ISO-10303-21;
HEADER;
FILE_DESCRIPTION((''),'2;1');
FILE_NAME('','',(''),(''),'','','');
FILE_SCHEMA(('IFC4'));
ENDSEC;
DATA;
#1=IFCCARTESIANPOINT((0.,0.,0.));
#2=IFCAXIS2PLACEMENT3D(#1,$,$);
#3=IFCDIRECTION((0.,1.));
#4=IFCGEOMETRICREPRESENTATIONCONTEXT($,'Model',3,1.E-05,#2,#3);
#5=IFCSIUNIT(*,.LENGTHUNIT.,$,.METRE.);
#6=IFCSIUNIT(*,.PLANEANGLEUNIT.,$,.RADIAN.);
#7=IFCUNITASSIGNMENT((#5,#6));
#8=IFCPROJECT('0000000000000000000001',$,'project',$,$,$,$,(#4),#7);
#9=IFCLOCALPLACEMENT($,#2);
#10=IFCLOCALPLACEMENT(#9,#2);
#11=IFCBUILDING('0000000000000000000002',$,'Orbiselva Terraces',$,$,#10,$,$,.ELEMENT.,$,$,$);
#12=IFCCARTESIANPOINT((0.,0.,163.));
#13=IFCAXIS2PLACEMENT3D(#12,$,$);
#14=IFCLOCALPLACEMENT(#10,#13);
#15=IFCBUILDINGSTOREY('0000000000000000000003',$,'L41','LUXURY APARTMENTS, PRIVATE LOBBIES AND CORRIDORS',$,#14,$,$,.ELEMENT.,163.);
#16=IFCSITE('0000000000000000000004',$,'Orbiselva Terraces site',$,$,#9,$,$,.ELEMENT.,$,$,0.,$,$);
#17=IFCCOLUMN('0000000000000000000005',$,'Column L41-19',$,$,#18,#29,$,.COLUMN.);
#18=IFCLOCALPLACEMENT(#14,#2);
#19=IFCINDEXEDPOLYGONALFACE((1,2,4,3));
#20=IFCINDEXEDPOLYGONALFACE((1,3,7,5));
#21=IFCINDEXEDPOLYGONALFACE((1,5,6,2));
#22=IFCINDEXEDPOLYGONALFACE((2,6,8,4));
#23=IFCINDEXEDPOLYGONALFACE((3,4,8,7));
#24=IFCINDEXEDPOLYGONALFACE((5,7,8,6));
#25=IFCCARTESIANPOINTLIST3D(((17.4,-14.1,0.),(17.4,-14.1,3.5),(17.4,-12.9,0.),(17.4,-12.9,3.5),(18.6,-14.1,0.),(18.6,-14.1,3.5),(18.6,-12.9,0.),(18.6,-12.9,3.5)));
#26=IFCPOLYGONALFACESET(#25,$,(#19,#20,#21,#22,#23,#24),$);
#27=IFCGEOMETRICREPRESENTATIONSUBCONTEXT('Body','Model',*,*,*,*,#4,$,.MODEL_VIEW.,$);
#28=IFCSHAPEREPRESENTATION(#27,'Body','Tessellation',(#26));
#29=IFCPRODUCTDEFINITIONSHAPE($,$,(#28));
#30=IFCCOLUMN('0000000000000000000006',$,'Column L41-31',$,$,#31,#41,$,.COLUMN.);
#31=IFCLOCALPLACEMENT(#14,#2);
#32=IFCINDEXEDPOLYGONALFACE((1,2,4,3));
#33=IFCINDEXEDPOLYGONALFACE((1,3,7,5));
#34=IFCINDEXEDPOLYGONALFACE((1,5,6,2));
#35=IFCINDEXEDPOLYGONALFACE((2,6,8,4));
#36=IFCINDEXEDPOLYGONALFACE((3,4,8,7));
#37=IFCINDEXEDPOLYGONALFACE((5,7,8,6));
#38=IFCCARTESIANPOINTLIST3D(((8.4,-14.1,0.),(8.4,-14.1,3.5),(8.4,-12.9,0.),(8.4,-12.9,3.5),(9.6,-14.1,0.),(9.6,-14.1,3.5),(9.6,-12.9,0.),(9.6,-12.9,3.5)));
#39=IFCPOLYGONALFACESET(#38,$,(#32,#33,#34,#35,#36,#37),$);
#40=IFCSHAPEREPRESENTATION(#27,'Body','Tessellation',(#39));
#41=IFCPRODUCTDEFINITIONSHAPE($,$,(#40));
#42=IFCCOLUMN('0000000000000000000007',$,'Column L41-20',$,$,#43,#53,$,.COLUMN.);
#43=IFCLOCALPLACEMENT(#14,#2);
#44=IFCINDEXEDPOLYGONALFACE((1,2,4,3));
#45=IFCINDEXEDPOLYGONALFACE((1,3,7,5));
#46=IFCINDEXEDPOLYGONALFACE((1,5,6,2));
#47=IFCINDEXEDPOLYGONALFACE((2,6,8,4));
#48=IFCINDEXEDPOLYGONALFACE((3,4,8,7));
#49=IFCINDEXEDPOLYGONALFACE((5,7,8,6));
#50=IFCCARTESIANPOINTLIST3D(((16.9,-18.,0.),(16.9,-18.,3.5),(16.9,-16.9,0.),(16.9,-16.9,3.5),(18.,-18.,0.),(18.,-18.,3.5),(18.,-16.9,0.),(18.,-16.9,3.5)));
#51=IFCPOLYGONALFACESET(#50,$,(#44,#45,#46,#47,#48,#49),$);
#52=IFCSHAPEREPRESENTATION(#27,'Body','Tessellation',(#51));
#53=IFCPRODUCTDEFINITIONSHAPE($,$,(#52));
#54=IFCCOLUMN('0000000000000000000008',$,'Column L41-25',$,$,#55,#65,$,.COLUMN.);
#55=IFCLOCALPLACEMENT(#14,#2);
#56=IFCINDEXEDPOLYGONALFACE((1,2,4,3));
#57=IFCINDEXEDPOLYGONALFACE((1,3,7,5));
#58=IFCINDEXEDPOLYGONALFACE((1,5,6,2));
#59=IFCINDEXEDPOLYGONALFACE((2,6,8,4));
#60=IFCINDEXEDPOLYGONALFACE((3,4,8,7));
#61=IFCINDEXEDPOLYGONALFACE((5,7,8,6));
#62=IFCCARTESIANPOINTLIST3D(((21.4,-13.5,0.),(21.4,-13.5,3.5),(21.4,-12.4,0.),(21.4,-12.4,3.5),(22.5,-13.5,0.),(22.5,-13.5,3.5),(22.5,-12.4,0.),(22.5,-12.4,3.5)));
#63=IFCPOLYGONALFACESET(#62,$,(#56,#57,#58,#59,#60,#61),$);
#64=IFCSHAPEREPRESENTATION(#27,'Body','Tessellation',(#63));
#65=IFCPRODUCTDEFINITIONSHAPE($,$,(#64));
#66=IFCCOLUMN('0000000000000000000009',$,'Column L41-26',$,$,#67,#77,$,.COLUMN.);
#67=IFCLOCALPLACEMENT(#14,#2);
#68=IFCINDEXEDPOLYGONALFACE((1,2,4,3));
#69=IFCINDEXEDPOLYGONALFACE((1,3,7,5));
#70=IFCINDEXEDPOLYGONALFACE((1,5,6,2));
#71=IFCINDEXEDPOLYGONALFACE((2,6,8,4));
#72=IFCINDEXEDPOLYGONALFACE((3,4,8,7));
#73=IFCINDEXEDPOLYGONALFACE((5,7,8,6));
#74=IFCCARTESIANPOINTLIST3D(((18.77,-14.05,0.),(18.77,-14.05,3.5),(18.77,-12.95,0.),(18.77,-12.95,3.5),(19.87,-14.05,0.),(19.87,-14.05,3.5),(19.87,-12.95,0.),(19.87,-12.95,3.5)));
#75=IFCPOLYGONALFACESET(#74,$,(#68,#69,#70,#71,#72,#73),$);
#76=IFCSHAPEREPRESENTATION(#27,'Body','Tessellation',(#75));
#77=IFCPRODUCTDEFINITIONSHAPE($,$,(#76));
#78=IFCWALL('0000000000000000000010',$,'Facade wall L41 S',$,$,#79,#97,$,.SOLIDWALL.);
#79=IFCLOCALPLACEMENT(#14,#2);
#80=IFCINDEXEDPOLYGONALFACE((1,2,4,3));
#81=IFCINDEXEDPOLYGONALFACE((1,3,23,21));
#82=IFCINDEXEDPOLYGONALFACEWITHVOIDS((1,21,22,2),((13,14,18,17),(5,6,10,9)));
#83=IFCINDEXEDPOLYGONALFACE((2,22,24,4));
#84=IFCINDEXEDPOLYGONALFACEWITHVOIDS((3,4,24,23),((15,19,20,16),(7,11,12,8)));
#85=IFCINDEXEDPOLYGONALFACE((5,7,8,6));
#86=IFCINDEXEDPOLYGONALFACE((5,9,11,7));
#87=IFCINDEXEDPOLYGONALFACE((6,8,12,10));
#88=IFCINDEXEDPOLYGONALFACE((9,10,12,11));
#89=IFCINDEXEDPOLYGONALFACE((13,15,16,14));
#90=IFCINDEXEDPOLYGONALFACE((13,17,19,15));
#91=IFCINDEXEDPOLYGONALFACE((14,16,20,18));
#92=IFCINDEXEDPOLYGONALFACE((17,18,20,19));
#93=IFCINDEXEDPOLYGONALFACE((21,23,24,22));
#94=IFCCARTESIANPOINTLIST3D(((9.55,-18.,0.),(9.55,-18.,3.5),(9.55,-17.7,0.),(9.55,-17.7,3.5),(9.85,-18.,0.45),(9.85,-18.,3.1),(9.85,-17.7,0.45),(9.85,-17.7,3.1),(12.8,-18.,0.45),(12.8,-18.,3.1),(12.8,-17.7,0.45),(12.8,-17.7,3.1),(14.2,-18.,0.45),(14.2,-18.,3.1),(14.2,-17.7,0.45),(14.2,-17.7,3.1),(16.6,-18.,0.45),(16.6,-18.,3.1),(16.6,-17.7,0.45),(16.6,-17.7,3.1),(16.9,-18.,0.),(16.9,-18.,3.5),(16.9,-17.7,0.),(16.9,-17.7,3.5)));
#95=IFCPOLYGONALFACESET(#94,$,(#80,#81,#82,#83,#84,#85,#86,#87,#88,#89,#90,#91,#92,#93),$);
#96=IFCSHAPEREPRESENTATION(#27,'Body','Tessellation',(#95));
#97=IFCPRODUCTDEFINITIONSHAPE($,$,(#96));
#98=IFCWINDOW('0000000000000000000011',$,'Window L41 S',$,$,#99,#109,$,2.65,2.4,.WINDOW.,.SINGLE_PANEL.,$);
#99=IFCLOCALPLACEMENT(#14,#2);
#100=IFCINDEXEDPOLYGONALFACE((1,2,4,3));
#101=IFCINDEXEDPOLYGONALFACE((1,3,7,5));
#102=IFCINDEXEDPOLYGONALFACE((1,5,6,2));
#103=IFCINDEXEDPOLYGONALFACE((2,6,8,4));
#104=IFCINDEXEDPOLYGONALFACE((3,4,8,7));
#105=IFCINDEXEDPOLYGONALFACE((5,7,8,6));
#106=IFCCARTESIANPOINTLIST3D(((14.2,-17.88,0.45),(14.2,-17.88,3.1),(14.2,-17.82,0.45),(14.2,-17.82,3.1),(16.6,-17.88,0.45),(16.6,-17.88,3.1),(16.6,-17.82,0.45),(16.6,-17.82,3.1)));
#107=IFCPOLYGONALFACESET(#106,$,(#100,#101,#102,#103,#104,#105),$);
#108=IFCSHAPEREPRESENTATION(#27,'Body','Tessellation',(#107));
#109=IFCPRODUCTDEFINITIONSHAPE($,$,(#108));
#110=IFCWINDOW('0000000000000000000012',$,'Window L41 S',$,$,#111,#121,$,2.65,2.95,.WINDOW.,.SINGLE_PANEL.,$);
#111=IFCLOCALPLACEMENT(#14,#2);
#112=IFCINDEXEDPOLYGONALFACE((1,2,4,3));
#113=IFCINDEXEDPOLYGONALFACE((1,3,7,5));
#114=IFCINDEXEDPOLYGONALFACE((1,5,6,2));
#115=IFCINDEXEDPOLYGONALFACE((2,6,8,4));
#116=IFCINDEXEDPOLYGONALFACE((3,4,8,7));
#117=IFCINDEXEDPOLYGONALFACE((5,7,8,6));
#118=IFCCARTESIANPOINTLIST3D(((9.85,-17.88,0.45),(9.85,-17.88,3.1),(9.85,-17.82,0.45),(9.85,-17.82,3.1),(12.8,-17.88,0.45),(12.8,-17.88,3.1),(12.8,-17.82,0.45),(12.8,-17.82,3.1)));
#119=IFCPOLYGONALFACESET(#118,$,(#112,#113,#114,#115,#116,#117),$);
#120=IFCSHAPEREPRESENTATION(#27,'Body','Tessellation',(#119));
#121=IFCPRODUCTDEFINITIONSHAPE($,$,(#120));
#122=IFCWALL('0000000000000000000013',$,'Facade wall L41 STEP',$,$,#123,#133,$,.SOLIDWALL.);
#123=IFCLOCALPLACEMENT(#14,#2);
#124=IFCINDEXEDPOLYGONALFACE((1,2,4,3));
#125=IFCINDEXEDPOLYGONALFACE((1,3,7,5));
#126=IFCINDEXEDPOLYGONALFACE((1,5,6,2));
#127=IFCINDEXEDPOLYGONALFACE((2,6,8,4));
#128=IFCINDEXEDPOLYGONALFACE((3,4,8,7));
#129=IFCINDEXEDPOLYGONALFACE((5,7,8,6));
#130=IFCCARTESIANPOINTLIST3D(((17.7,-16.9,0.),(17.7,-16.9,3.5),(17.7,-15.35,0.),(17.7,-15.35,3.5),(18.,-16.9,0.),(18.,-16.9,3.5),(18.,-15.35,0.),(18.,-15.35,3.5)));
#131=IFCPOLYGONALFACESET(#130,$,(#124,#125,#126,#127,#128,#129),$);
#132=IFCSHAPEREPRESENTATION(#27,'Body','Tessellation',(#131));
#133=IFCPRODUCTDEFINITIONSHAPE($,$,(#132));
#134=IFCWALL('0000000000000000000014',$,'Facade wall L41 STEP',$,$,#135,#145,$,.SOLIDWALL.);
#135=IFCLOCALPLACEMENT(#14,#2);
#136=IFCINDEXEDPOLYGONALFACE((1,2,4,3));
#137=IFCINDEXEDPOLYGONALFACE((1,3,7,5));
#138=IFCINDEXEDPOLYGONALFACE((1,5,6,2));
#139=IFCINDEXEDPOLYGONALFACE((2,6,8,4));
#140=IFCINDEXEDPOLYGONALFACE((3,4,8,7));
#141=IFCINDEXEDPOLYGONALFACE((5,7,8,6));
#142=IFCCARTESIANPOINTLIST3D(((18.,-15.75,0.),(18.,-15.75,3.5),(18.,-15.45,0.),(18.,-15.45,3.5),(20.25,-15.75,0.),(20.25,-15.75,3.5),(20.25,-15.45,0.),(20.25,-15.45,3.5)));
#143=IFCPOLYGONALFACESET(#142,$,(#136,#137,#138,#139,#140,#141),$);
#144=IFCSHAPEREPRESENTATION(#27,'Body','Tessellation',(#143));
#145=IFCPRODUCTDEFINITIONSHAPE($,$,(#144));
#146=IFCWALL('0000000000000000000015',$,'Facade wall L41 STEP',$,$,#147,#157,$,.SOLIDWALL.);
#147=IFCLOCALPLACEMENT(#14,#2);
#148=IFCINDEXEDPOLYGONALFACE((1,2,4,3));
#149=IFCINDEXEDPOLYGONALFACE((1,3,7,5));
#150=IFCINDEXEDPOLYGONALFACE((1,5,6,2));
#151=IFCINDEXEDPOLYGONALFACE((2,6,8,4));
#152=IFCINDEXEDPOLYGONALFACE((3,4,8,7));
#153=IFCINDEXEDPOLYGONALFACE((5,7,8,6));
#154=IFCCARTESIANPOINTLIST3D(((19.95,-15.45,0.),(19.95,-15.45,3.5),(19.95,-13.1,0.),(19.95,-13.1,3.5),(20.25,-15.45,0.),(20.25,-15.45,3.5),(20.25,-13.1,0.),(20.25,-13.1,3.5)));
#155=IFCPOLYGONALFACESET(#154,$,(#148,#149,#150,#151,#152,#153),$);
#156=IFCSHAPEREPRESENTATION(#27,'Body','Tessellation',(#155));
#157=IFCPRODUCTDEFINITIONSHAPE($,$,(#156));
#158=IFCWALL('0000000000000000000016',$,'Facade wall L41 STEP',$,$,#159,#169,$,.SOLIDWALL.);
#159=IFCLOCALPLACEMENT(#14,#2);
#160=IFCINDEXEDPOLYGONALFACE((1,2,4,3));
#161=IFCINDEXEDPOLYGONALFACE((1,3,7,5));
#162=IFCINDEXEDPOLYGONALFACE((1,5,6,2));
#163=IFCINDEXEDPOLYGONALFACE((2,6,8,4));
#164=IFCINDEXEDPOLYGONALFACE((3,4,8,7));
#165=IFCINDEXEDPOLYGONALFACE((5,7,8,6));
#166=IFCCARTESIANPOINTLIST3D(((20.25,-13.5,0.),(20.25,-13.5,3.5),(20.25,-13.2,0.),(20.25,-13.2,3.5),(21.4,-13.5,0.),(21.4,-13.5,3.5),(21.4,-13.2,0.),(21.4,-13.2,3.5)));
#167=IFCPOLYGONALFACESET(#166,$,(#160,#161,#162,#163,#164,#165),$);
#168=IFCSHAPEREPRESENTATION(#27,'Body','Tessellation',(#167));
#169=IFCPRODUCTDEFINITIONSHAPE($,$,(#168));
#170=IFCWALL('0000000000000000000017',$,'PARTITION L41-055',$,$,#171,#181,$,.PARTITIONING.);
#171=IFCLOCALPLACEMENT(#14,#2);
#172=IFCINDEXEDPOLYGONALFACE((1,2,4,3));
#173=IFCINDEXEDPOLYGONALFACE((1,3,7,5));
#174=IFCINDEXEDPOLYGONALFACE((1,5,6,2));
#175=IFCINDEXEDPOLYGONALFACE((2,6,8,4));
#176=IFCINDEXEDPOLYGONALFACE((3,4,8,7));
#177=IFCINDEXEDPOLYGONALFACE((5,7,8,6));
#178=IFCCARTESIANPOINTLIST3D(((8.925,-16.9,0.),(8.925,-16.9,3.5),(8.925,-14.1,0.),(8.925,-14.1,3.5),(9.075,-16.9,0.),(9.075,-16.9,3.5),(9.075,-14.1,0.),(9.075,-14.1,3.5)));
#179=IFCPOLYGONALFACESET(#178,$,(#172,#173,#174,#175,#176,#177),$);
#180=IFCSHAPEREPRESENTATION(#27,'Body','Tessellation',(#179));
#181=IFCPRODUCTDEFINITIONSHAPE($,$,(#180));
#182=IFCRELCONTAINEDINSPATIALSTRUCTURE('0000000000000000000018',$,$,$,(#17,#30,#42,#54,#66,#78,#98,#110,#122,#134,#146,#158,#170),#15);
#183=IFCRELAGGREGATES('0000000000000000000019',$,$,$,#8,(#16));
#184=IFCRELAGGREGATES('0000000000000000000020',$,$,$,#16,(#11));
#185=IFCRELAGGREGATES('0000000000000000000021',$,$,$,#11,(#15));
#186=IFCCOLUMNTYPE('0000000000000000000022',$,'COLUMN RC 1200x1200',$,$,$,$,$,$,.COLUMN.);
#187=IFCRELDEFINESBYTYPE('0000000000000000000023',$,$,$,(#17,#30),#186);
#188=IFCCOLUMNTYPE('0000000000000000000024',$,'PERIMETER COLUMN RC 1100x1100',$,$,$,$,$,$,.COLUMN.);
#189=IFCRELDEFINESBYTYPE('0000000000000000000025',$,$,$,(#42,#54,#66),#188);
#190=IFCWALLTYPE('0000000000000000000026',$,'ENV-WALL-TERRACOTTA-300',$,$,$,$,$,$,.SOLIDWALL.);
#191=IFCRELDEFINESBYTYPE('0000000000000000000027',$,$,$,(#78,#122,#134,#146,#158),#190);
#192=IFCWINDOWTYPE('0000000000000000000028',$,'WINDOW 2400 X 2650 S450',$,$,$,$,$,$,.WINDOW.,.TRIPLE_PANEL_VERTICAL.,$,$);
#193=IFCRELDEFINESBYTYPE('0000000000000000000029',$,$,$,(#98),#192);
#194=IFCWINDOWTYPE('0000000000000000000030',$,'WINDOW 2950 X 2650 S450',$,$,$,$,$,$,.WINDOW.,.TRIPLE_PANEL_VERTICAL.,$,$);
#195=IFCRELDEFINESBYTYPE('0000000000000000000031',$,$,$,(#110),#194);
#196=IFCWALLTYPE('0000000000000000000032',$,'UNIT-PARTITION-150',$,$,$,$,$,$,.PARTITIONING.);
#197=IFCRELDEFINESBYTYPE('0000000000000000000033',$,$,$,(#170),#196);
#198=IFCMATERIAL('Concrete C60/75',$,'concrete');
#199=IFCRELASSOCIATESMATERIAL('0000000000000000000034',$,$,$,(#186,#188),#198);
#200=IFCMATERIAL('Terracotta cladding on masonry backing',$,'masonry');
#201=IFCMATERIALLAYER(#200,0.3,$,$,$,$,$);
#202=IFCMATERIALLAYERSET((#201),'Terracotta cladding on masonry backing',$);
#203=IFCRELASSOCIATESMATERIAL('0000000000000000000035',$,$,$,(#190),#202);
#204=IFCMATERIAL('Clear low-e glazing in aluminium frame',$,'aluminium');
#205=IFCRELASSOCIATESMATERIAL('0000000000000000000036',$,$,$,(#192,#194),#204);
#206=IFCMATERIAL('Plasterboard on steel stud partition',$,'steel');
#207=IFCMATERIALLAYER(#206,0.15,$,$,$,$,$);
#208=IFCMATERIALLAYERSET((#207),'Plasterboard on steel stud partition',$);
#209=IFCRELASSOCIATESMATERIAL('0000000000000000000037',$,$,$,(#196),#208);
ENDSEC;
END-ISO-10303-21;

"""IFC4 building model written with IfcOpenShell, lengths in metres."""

from ifc_helpers import new_model, si_unit, direction, frame, frame_2d, origin, origin_2d, place, context, subcontext, project, spatial, rectangle, extrude, material, layer, layer_set, material_profile, profile_set, type_object, element, fill, save


model = new_model("IFC4")

# Units and contexts
model_context = context("Model", 3, precision=1e-05, world=origin(), true_north=direction((0.0, 1.0)))
body_context = subcontext(model_context, "Body", "Model", "MODEL_VIEW")
ifc_project = project(units=[si_unit("LENGTHUNIT", "METRE"), si_unit("PLANEANGLEUNIT", "RADIAN")], contexts=[model_context])

# Site, building, storey
site_placement = place(None, origin())
site = spatial("IfcSite", under=ifc_project, at=site_placement, Name="Orbiselva Terraces site", CompositionType="ELEMENT", RefElevation=0.0)
building_placement = place(site_placement, origin())
building = spatial("IfcBuilding", under=site, at=building_placement, Name="Orbiselva Terraces", CompositionType="ELEMENT")
storey_placement = place(building_placement, frame((0.0, 0.0, 163.0)))
storey = spatial("IfcBuildingStorey", under=building, at=storey_placement, Name="L41", Description="LUXURY APARTMENTS, PRIVATE LOBBIES AND CORRIDORS", CompositionType="ELEMENT", Elevation=163.0)

# Columns
ifc_material_1 = material(Name="Concrete C60/75", Category="concrete")
ifc_material_profile_1 = material_profile(ifc_material_1, rectangle(XDim=1.2, YDim=1.2, at=origin_2d()), Name="RC 1200x1200")
ifc_profile_set_1 = profile_set([ifc_material_profile_1], Name="Concrete C60/75")
column_type_1 = type_object("IfcColumnType", Name="COLUMN RC 1200x1200", PredefinedType="COLUMN", material=ifc_profile_set_1)
for number, where, z_axis, x_axis, name in (
    (1, (18.0, -13.5, 0.0), (0.0, 0.0, 1.0), (1.0, 0.0, 0.0), "Column L41-19"),
    (2, (9.0, -13.5, 0.0), (0.0, 0.0, 1.0), (1.0, 0.0, 0.0), "Column L41-31"),
):
    element("IfcColumn", number, at=place(storey_placement, frame(where, z_axis=z_axis, x_axis=x_axis)), inside=storey, type_object=column_type_1, Name=name, PredefinedType="COLUMN", context=body_context, shape_type="SweptSolid", body=[
        extrude(rectangle(XDim=1.2, YDim=1.2, at=origin_2d()), origin(), (0.0, 0.0, 1.0), 3.5),
    ])
ifc_material_profile_2 = material_profile(ifc_material_1, rectangle(XDim=1.1, YDim=1.1, at=origin_2d()), Name="RC 1100x1100")
ifc_profile_set_2 = profile_set([ifc_material_profile_2], Name="Concrete C60/75")
column_type_2 = type_object("IfcColumnType", Name="PERIMETER COLUMN RC 1100x1100", PredefinedType="COLUMN", material=ifc_profile_set_2)
for number, where, z_axis, x_axis, name in (
    (3, (17.45, -17.45, 0.0), (0.0, 0.0, 1.0), (1.0, 0.0, 0.0), "Column L41-20"),
    (4, (21.95, -12.95, 0.0), (0.0, 0.0, 1.0), (1.0, 0.0, 0.0), "Column L41-25"),
    (5, (19.32, -13.5, 0.0), (0.0, 0.0, 1.0), (1.0, 0.0, 0.0), "Column L41-26"),
):
    element("IfcColumn", number, at=place(storey_placement, frame(where, z_axis=z_axis, x_axis=x_axis)), inside=storey, type_object=column_type_2, Name=name, PredefinedType="COLUMN", context=body_context, shape_type="SweptSolid", body=[
        extrude(rectangle(XDim=1.1, YDim=1.1, at=origin_2d()), origin(), (0.0, 0.0, 1.0), 3.5),
    ])

# Wall, openings, windows
ifc_material_2 = material(Name="Terracotta cladding on masonry backing", Category="masonry")
ifc_layer_1 = layer(ifc_material_2, 0.3)
ifc_layer_set_1 = layer_set([ifc_layer_1], Name="Terracotta cladding on masonry backing")
wall_type_1 = type_object("IfcWallType", Name="ENV-WALL-TERRACOTTA-300", PredefinedType="SOLIDWALL", material=ifc_layer_set_1)
wall_1_placement = place(storey_placement, frame((16.9, -17.85, 0.0), z_axis=(0.0, 0.0, 1.0), x_axis=(-1.0, 0.0, 0.0)))
wall_1 = element("IfcWall", 6, at=wall_1_placement, inside=storey, type_object=wall_type_1, Name="Facade wall L41 S", PredefinedType="SOLIDWALL", context=body_context, shape_type="SweptSolid", body=[
    extrude(rectangle(XDim=7.35, YDim=0.3, at=frame_2d((3.675, 0.0))), origin(), (0.0, 0.0, 1.0), 3.5),
])
opening_1_placement = place(wall_1_placement, frame((4.1, 0.0, 0.45)))
opening_1 = element("IfcOpeningElement", 7, at=opening_1_placement, cuts=wall_1, PredefinedType="OPENING", context=body_context, shape_type="SweptSolid", body=[
    extrude(rectangle(XDim=2.95, YDim=2.65, at=frame_2d((1.475, 1.325))), frame((0.0, 0.16, 0.0), z_axis=(0.0, -1.0, 0.0), x_axis=(1.0, 0.0, 0.0)), (0.0, 0.0, 1.0), 0.32),
])
opening_2_placement = place(wall_1_placement, frame((0.3, 0.0, 0.45)))
opening_2 = element("IfcOpeningElement", 8, at=opening_2_placement, cuts=wall_1, PredefinedType="OPENING", context=body_context, shape_type="SweptSolid", body=[
    extrude(rectangle(XDim=2.4, YDim=2.65, at=frame_2d((1.2, 1.325))), frame((0.0, 0.16, 0.0), z_axis=(0.0, -1.0, 0.0), x_axis=(1.0, 0.0, 0.0)), (0.0, 0.0, 1.0), 0.32),
])
ifc_material_3 = material(Name="Clear low-e glazing in aluminium frame", Category="aluminium")
window_type_1 = type_object("IfcWindowType", Name="WINDOW 2400 X 2650 S450", PartitioningType="TRIPLE_PANEL_VERTICAL", PredefinedType="WINDOW", material=ifc_material_3)
window_1_placement = place(opening_2_placement, origin())
window_1 = element("IfcWindow", 9, at=window_1_placement, inside=storey, type_object=window_type_1, Name="Window L41 S", OverallHeight=2.65, OverallWidth=2.4, PartitioningType="SINGLE_PANEL", PredefinedType="WINDOW", context=body_context, shape_type="SweptSolid", body=[
    extrude(rectangle(XDim=2.4, YDim=2.65, at=frame_2d((1.2, 1.325))), frame((0.0, 0.03, 0.0), z_axis=(0.0, -1.0, 0.0), x_axis=(1.0, 0.0, 0.0)), (0.0, 0.0, 1.0), 0.06),
])
fill(opening_2, window_1)
window_type_2 = type_object("IfcWindowType", Name="WINDOW 2950 X 2650 S450", PartitioningType="TRIPLE_PANEL_VERTICAL", PredefinedType="WINDOW", material=ifc_material_3)
window_2_placement = place(opening_1_placement, origin())
window_2 = element("IfcWindow", 10, at=window_2_placement, inside=storey, type_object=window_type_2, Name="Window L41 S", OverallHeight=2.65, OverallWidth=2.95, PartitioningType="SINGLE_PANEL", PredefinedType="WINDOW", context=body_context, shape_type="SweptSolid", body=[
    extrude(rectangle(XDim=2.95, YDim=2.65, at=frame_2d((1.475, 1.325))), frame((0.0, 0.03, 0.0), z_axis=(0.0, -1.0, 0.0), x_axis=(1.0, 0.0, 0.0)), (0.0, 0.0, 1.0), 0.06),
])
fill(opening_1, window_2)

# Walls
wall_2_placement = place(storey_placement, frame((17.85, -15.35, 0.0), z_axis=(0.0, 0.0, 1.0), x_axis=(0.0, -1.0, 0.0)))
element("IfcWall", 11, at=wall_2_placement, inside=storey, type_object=wall_type_1, Name="Facade wall L41 STEP", PredefinedType="SOLIDWALL", context=body_context, shape_type="SweptSolid", body=[
    extrude(rectangle(XDim=1.55, YDim=0.3, at=frame_2d((0.775, 0.0))), origin(), (0.0, 0.0, 1.0), 3.5),
])
wall_3_placement = place(storey_placement, frame((20.25, -15.6, 0.0), z_axis=(0.0, 0.0, 1.0), x_axis=(-1.0, 0.0, 0.0)))
element("IfcWall", 12, at=wall_3_placement, inside=storey, type_object=wall_type_1, Name="Facade wall L41 STEP", PredefinedType="SOLIDWALL", context=body_context, shape_type="SweptSolid", body=[
    extrude(rectangle(XDim=2.25, YDim=0.3, at=frame_2d((1.125, 0.0))), origin(), (0.0, 0.0, 1.0), 3.5),
])
wall_4_placement = place(storey_placement, frame((20.1, -13.1, 0.0), z_axis=(0.0, 0.0, 1.0), x_axis=(0.0, -1.0, 0.0)))
element("IfcWall", 13, at=wall_4_placement, inside=storey, type_object=wall_type_1, Name="Facade wall L41 STEP", PredefinedType="SOLIDWALL", context=body_context, shape_type="SweptSolid", body=[
    extrude(rectangle(XDim=2.35, YDim=0.3, at=frame_2d((1.175, 0.0))), origin(), (0.0, 0.0, 1.0), 3.5),
])
wall_5_placement = place(storey_placement, frame((21.4, -13.35, 0.0), z_axis=(0.0, 0.0, 1.0), x_axis=(-1.0, 0.0, 0.0)))
element("IfcWall", 14, at=wall_5_placement, inside=storey, type_object=wall_type_1, Name="Facade wall L41 STEP", PredefinedType="SOLIDWALL", context=body_context, shape_type="SweptSolid", body=[
    extrude(rectangle(XDim=1.15, YDim=0.3, at=frame_2d((0.575, 0.0))), origin(), (0.0, 0.0, 1.0), 3.5),
])
ifc_material_4 = material(Name="Plasterboard on steel stud partition", Category="steel")
ifc_layer_2 = layer(ifc_material_4, 0.15)
ifc_layer_set_2 = layer_set([ifc_layer_2], Name="Plasterboard on steel stud partition")
wall_type_2 = type_object("IfcWallType", Name="UNIT-PARTITION-150", PredefinedType="PARTITIONING", material=ifc_layer_set_2)
wall_6_placement = place(storey_placement, frame((9.0, -16.9, 0.0), z_axis=(0.0, 0.0, 1.0), x_axis=(0.0, 1.0, 0.0)))
element("IfcWall", 15, at=wall_6_placement, inside=storey, type_object=wall_type_2, Name="PARTITION L41-055", PredefinedType="PARTITIONING", context=body_context, shape_type="SweptSolid", body=[
    extrude(rectangle(XDim=2.8, YDim=0.15, at=frame_2d((1.4, 0.0))), origin(), (0.0, 0.0, 1.0), 3.5),
])

save(model, "model.ifc")
